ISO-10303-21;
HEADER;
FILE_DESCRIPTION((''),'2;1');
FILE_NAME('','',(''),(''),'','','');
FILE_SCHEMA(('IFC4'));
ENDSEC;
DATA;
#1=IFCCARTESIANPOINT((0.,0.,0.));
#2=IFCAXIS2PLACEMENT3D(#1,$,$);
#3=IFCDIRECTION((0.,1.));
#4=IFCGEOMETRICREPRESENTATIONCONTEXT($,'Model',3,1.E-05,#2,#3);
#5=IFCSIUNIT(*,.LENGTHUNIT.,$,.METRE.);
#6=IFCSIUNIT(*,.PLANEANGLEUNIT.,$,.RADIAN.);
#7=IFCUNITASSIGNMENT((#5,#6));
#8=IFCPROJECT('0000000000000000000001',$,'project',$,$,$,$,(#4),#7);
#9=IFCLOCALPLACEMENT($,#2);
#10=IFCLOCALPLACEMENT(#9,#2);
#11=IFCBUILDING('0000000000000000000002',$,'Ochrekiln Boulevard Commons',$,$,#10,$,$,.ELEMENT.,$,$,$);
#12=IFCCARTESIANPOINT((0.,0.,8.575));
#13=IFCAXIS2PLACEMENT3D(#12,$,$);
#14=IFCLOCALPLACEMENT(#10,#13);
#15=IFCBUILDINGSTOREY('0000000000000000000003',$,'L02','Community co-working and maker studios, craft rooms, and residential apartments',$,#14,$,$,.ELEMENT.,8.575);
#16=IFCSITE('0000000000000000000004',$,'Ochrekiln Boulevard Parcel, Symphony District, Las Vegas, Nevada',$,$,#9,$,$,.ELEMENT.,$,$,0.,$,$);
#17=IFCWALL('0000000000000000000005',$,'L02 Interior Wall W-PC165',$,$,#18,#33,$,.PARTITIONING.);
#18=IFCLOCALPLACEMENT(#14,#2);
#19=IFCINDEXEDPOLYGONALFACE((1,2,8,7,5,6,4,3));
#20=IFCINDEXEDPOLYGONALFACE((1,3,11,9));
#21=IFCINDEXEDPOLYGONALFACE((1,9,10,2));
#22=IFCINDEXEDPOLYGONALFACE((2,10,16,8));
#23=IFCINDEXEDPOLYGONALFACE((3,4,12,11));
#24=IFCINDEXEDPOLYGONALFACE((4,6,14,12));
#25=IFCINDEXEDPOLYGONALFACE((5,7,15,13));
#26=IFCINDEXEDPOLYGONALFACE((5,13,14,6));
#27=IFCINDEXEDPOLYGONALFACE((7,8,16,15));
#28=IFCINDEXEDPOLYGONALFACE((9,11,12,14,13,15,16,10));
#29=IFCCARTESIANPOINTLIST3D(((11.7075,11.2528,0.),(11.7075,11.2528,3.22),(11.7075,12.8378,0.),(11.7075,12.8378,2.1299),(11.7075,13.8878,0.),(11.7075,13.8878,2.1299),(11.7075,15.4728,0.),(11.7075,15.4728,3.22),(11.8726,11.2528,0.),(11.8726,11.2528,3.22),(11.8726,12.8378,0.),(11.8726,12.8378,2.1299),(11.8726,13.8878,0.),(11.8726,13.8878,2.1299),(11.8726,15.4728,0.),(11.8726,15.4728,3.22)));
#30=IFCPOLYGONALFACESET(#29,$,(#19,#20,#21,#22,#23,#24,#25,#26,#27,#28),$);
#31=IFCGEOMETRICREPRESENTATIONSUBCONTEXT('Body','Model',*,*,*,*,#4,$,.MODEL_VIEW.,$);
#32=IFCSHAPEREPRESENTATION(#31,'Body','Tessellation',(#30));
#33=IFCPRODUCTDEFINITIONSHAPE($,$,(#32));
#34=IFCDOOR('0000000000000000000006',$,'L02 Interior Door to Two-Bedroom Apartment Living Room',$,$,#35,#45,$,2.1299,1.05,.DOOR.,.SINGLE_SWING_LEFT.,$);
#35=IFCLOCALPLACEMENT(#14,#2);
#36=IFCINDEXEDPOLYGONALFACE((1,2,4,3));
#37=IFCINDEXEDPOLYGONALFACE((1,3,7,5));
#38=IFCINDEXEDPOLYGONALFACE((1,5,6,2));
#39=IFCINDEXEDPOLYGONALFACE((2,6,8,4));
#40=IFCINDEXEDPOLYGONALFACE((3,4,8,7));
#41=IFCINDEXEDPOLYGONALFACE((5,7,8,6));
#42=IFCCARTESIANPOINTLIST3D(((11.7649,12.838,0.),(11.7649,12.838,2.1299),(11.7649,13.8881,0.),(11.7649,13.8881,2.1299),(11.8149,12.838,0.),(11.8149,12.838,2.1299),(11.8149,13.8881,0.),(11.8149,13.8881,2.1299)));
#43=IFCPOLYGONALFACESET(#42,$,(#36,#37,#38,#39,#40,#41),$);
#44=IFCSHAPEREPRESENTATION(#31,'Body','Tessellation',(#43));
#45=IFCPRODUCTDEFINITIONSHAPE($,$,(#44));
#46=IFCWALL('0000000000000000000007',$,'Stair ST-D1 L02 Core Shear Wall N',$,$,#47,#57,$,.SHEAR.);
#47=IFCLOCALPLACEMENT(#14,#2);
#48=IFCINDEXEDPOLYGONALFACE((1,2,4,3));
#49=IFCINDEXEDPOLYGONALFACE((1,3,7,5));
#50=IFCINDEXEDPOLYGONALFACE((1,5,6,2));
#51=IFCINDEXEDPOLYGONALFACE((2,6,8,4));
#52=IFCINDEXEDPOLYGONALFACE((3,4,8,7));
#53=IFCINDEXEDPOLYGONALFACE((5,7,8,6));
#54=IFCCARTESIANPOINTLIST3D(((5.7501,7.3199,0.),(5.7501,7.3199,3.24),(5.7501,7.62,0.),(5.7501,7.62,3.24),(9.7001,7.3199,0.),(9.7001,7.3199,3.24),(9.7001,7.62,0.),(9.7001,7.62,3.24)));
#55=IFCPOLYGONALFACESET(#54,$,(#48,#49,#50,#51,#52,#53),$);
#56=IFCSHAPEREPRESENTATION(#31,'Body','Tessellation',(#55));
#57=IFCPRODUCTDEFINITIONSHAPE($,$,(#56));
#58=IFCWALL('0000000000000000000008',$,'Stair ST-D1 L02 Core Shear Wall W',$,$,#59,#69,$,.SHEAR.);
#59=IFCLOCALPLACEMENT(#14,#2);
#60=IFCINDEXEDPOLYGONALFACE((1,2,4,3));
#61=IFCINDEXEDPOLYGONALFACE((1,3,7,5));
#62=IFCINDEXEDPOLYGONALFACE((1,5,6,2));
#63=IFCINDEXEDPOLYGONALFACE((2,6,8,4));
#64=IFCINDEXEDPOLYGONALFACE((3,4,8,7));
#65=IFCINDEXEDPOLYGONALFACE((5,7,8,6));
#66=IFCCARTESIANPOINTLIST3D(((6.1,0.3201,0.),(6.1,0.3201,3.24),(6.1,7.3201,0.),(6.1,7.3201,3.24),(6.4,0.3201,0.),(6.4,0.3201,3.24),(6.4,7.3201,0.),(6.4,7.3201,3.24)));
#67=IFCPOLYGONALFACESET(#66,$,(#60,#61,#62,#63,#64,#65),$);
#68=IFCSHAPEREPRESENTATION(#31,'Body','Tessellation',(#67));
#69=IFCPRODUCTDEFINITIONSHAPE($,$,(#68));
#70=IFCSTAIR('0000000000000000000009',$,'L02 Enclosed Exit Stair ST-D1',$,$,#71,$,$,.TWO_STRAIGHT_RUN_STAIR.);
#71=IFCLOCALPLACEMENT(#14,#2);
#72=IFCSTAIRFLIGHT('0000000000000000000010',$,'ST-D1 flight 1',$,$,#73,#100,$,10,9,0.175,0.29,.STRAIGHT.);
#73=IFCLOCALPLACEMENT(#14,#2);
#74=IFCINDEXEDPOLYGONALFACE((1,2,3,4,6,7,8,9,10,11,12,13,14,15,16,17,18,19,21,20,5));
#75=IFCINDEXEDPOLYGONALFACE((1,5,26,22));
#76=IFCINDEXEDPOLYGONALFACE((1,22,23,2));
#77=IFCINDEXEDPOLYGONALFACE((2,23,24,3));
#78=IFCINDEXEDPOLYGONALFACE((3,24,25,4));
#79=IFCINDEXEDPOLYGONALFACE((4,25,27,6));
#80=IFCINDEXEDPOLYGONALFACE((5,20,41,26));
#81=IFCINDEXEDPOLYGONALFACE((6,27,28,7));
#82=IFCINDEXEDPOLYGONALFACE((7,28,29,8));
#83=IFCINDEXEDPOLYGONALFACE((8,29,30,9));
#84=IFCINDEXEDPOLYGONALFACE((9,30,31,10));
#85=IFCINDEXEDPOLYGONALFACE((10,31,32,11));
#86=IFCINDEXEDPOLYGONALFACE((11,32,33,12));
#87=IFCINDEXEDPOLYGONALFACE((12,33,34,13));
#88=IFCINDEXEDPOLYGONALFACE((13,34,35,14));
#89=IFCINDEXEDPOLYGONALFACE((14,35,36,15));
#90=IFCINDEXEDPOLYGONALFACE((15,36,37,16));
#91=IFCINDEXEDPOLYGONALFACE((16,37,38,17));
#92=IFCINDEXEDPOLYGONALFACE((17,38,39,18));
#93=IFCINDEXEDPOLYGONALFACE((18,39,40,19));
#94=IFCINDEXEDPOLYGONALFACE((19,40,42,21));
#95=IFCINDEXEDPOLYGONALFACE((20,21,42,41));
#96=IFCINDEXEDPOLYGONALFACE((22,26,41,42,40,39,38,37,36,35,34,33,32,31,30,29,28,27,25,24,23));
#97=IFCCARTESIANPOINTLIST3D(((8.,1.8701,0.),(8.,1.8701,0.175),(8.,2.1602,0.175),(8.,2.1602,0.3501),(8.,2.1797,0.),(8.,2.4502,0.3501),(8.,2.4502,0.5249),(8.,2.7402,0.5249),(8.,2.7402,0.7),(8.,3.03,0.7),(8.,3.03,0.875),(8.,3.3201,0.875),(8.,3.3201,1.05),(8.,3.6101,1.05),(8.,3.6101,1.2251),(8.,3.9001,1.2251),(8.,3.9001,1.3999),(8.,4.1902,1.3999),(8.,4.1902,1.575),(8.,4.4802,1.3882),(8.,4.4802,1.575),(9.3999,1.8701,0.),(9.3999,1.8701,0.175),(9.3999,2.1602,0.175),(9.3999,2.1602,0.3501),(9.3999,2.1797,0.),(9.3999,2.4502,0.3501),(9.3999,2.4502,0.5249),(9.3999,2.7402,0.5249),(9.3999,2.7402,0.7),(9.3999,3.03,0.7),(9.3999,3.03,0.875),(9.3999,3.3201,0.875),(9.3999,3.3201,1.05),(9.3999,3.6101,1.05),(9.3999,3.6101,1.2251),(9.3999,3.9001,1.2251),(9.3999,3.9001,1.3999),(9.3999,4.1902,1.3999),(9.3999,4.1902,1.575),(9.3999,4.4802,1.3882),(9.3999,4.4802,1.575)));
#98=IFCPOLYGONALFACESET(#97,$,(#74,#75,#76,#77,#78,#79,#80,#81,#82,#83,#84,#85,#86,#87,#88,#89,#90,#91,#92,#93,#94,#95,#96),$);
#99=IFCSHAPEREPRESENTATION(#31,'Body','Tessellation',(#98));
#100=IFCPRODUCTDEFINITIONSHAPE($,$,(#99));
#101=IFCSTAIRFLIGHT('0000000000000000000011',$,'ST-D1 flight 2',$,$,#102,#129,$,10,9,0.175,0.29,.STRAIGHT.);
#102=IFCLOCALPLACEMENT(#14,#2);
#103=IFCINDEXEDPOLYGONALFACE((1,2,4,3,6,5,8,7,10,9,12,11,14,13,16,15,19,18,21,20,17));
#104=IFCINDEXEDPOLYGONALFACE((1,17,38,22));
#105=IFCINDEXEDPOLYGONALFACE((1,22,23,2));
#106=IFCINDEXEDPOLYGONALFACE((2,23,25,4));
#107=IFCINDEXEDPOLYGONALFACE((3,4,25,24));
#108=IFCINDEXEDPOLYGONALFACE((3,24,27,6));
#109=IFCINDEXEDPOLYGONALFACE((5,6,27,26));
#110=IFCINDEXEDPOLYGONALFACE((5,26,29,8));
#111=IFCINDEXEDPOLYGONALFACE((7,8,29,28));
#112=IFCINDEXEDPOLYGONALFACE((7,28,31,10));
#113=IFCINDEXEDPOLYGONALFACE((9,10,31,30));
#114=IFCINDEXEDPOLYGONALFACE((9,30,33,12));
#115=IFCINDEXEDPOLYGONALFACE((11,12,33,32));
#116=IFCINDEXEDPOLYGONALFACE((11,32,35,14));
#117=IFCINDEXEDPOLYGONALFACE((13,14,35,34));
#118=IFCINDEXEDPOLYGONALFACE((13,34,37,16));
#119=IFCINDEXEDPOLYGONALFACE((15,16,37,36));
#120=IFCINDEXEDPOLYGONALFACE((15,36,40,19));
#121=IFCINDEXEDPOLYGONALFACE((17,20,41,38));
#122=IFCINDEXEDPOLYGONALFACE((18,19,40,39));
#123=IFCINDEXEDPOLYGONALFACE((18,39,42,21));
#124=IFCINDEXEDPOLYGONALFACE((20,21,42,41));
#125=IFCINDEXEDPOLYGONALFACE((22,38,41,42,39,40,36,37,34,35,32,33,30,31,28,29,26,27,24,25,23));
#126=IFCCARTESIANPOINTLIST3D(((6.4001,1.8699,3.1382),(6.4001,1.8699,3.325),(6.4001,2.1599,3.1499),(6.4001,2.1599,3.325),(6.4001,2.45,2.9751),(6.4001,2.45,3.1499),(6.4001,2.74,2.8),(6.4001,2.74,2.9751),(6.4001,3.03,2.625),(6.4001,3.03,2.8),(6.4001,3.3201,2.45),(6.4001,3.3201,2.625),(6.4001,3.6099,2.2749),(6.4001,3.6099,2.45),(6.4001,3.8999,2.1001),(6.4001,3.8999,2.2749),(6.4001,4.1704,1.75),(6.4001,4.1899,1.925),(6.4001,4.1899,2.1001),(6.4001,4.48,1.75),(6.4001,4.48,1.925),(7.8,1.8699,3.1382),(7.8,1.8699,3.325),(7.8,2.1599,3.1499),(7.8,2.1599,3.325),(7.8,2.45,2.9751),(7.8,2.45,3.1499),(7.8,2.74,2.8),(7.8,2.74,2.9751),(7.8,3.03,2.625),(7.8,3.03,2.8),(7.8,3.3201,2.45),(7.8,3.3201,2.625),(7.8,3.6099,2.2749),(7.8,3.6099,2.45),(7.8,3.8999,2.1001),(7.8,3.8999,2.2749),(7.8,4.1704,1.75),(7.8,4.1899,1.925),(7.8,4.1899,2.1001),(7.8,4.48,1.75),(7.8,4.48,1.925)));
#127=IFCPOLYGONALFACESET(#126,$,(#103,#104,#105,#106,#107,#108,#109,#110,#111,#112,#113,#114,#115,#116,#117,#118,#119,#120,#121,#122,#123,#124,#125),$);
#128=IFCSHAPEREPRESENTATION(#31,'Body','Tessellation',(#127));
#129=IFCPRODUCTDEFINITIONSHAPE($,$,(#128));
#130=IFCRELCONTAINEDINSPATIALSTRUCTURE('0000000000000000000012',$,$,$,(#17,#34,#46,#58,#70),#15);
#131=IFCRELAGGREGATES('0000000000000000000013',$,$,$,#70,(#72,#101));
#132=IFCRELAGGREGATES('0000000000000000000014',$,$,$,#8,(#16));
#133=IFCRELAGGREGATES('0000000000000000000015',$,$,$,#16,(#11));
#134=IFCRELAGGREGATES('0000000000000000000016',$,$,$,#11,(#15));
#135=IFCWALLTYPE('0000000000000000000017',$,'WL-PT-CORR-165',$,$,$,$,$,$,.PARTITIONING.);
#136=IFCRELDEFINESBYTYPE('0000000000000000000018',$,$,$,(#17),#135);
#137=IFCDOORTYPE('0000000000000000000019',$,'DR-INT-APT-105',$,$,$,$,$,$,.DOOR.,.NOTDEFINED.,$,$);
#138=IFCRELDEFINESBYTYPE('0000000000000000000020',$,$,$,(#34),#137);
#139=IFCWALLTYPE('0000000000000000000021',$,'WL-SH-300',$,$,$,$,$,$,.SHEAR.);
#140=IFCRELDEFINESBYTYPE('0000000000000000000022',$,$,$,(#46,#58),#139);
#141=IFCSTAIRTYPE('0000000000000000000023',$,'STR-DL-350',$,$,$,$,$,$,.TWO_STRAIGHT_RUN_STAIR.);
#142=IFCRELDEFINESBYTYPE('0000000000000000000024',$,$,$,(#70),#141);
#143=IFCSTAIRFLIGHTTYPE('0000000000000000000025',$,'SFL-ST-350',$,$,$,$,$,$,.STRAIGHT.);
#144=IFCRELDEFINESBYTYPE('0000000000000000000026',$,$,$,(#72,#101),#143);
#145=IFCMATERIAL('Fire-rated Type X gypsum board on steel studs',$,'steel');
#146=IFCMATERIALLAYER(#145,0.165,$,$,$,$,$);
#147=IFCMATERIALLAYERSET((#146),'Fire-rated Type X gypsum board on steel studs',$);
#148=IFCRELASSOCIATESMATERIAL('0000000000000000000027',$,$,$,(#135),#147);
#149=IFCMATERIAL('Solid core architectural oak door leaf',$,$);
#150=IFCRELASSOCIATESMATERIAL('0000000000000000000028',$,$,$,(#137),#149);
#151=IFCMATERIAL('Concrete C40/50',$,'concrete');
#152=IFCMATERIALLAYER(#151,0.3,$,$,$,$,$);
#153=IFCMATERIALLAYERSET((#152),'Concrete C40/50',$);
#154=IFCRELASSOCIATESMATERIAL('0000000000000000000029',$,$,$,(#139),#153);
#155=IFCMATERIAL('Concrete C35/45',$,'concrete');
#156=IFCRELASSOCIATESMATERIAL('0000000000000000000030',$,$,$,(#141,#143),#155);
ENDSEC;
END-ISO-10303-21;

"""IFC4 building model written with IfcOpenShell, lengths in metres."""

from ifc_helpers import new_model, si_unit, direction, frame, frame_2d, origin, place, context, subcontext, project, spatial, polyline, rectangle, outline, extrude, material, layer, layer_set, type_object, element, fill, aggregate, save


model = new_model("IFC4")

# Units and contexts
model_context = context("Model", 3, precision=1e-05, world=origin(), true_north=direction((0.0, 1.0)))
body_context = subcontext(model_context, "Body", "Model", "MODEL_VIEW")
ifc_project = project(units=[si_unit("LENGTHUNIT", "METRE"), si_unit("PLANEANGLEUNIT", "RADIAN")], contexts=[model_context])

# Site, building, storey
site_placement = place(None, origin())
site = spatial("IfcSite", under=ifc_project, at=site_placement, Name="Ochrekiln Boulevard Parcel, Symphony District, Las Vegas, Nevada", CompositionType="ELEMENT", RefElevation=0.0)
building_placement = place(site_placement, origin())
building = spatial("IfcBuilding", under=site, at=building_placement, Name="Ochrekiln Boulevard Commons", CompositionType="ELEMENT")
storey_placement = place(building_placement, frame((0.0, 0.0, 8.575)))
storey = spatial("IfcBuildingStorey", under=building, at=storey_placement, Name="L02", Description="Community co-working and maker studios, craft rooms, and residential apartments", CompositionType="ELEMENT", Elevation=8.575)

# Shared definitions
ifc_material_1 = material(Name="Concrete C40/50", Category="concrete")

# Shared definitions
ifc_material_2 = material(Name="Solid core architectural oak door leaf")

# Wall, opening, door
ifc_material_3 = material(Name="Fire-rated Type X gypsum board on steel studs", Category="steel")
ifc_layer_1 = layer(ifc_material_3, 0.165)
ifc_layer_set_1 = layer_set([ifc_layer_1], Name="Fire-rated Type X gypsum board on steel studs")
wall_type_1 = type_object("IfcWallType", Name="WL-PT-CORR-165", PredefinedType="PARTITIONING", material=ifc_layer_set_1)
door_type_1 = type_object("IfcDoorType", Name="DR-INT-APT-105", OperationType="NOTDEFINED", PredefinedType="DOOR", material=ifc_material_2)
wall_1_placement = place(storey_placement, frame((11.79, 11.2529, 0.0), z_axis=(0.0, 0.0, 1.0), x_axis=(0.0, 1.0, 0.0)))
wall_1 = element("IfcWall", 1, at=wall_1_placement, inside=storey, type_object=wall_type_1, Name="L02 Interior Wall W-PC165", PredefinedType="PARTITIONING", context=body_context, shape_type="SweptSolid", body=[
    extrude(rectangle(XDim=4.22, YDim=0.165, at=frame_2d((2.1099, 0.0))), origin(), (0.0, 0.0, 1.0), 3.22),
])
opening_1_placement = place(wall_1_placement, frame((1.585, 0.0, 0.0)))
opening_1 = element("IfcOpeningElement", 2, at=opening_1_placement, cuts=wall_1, PredefinedType="OPENING", context=body_context, shape_type="SweptSolid", body=[
    extrude(rectangle(XDim=1.05, YDim=2.1299, at=frame_2d((0.5249, 1.0649))), frame((0.0, 0.0925, 0.0), z_axis=(0.0, -1.0, 0.0), x_axis=(1.0, 0.0, 0.0)), (0.0, 0.0, 1.0), 0.1851),
])
door_1_placement = place(opening_1_placement, frame((1.05, 0.0, 0.0), z_axis=(0.0, 0.0, 1.0), x_axis=(-1.0, 0.0, 0.0)))
door_1 = element("IfcDoor", 3, at=door_1_placement, inside=storey, type_object=door_type_1, Name="L02 Interior Door to Two-Bedroom Apartment Living Room", OperationType="SINGLE_SWING_LEFT", OverallHeight=2.1299, OverallWidth=1.05, PredefinedType="DOOR", context=body_context, shape_type="SweptSolid", body=[
    extrude(rectangle(XDim=1.05, YDim=2.1299, at=frame_2d((0.5249, 1.0649))), frame((0.0, 0.0249, 0.0), z_axis=(0.0, -1.0, 0.0), x_axis=(1.0, 0.0, 0.0)), (0.0, 0.0, 1.0), 0.05),
])
fill(opening_1, door_1)

# Walls
ifc_layer_2 = layer(ifc_material_1, 0.3)
ifc_layer_set_2 = layer_set([ifc_layer_2], Name="Concrete C40/50")
wall_type_2 = type_object("IfcWallType", Name="WL-SH-300", PredefinedType="SHEAR", material=ifc_layer_set_2)
wall_2_placement = place(storey_placement, frame((5.75, 7.47, 0.0), z_axis=(0.0, 0.0, 1.0), x_axis=(1.0, 0.0, 0.0)))
element("IfcWall", 4, at=wall_2_placement, inside=storey, type_object=wall_type_2, Name="Stair ST-D1 L02 Core Shear Wall N", PredefinedType="SHEAR", context=body_context, shape_type="SweptSolid", body=[
    extrude(rectangle(XDim=3.95, YDim=0.3, at=frame_2d((1.9751, 0.0))), origin(), (0.0, 0.0, 1.0), 3.24),
])
wall_3_placement = place(storey_placement, frame((6.25, 0.3201, 0.0), z_axis=(0.0, 0.0, 1.0), x_axis=(0.0, 1.0, 0.0)))
element("IfcWall", 5, at=wall_3_placement, inside=storey, type_object=wall_type_2, Name="Stair ST-D1 L02 Core Shear Wall W", PredefinedType="SHEAR", context=body_context, shape_type="SweptSolid", body=[
    extrude(rectangle(XDim=7.0, YDim=0.3, at=frame_2d((3.5, 0.0))), origin(), (0.0, 0.0, 1.0), 3.24),
])

# Stair, stair flights
ifc_material_4 = material(Name="Concrete C35/45", Category="concrete")
stair_type = type_object("IfcStairType", Name="STR-DL-350", PredefinedType="TWO_STRAIGHT_RUN_STAIR", material=ifc_material_4)
stair_placement = place(storey_placement, origin())
stair = element("IfcStair", 6, at=stair_placement, inside=storey, type_object=stair_type, Name="L02 Enclosed Exit Stair ST-D1", PredefinedType="TWO_STRAIGHT_RUN_STAIR")
stair_flight_type = type_object("IfcStairFlightType", Name="SFL-ST-350", PredefinedType="STRAIGHT", material=ifc_material_4)
stair_flight_1_placement = place(storey_placement, frame((8.7, 1.8701, 0.0), z_axis=(0.0, 0.0, 1.0), x_axis=(0.0, 1.0, 0.0)))
stair_flight_1 = element("IfcStairFlight", 7, at=stair_flight_1_placement, type_object=stair_flight_type, Name="ST-D1 flight 1", NumberOfRisers=10, NumberOfTreads=9, PredefinedType="STRAIGHT", RiserHeight=0.175, TreadLength=0.29, context=body_context, shape_type="SweptSolid", body=[
    extrude(outline(polyline([(0.0, 0.0), (0.0, 0.175), (0.29, 0.175), (0.29, 0.3501), (0.5801, 0.3501), (0.5801, 0.5249), (0.8701, 0.5249), (0.8701, 0.7), (1.1599, 0.7), (1.1599, 0.875), (1.45, 0.875), (1.45, 1.05), (1.74, 1.05), (1.74, 1.2251), (2.03, 1.2251), (2.03, 1.3999), (2.3201, 1.3999), (2.3201, 1.575), (2.6101, 1.575), (2.6101, 1.75), (2.6101, 1.3882), (0.3096, 0.0), (0.0, 0.0)])), frame((0.0, 0.7, 0.0), z_axis=(0.0, -1.0, 0.0), x_axis=(1.0, 0.0, 0.0)), (0.0, 0.0, 1.0), 1.3999),
])
stair_flight_2_placement = place(storey_placement, frame((7.1001, 4.48, 1.75), z_axis=(0.0, 0.0, 1.0), x_axis=(0.0, -1.0, 0.0)))
stair_flight_2 = element("IfcStairFlight", 8, at=stair_flight_2_placement, type_object=stair_flight_type, Name="ST-D1 flight 2", NumberOfRisers=10, NumberOfTreads=9, PredefinedType="STRAIGHT", RiserHeight=0.175, TreadLength=0.29, context=body_context, shape_type="SweptSolid", body=[
    extrude(outline(polyline([(0.0, 0.0), (0.0, 0.175), (0.29, 0.175), (0.29, 0.3501), (0.5801, 0.3501), (0.5801, 0.5249), (0.8701, 0.5249), (0.8701, 0.7), (1.1599, 0.7), (1.1599, 0.875), (1.45, 0.875), (1.45, 1.05), (1.74, 1.05), (1.74, 1.2251), (2.03, 1.2251), (2.03, 1.3999), (2.3201, 1.3999), (2.3201, 1.575), (2.6101, 1.575), (2.6101, 1.75), (2.6101, 1.3882), (0.3096, 0.0), (0.0, 0.0)])), frame((0.0, 0.7, 0.0), z_axis=(0.0, -1.0, 0.0), x_axis=(1.0, 0.0, 0.0)), (0.0, 0.0, 1.0), 1.3999),
])
aggregate(stair, [stair_flight_1, stair_flight_2])

save(model, "model.ifc")
